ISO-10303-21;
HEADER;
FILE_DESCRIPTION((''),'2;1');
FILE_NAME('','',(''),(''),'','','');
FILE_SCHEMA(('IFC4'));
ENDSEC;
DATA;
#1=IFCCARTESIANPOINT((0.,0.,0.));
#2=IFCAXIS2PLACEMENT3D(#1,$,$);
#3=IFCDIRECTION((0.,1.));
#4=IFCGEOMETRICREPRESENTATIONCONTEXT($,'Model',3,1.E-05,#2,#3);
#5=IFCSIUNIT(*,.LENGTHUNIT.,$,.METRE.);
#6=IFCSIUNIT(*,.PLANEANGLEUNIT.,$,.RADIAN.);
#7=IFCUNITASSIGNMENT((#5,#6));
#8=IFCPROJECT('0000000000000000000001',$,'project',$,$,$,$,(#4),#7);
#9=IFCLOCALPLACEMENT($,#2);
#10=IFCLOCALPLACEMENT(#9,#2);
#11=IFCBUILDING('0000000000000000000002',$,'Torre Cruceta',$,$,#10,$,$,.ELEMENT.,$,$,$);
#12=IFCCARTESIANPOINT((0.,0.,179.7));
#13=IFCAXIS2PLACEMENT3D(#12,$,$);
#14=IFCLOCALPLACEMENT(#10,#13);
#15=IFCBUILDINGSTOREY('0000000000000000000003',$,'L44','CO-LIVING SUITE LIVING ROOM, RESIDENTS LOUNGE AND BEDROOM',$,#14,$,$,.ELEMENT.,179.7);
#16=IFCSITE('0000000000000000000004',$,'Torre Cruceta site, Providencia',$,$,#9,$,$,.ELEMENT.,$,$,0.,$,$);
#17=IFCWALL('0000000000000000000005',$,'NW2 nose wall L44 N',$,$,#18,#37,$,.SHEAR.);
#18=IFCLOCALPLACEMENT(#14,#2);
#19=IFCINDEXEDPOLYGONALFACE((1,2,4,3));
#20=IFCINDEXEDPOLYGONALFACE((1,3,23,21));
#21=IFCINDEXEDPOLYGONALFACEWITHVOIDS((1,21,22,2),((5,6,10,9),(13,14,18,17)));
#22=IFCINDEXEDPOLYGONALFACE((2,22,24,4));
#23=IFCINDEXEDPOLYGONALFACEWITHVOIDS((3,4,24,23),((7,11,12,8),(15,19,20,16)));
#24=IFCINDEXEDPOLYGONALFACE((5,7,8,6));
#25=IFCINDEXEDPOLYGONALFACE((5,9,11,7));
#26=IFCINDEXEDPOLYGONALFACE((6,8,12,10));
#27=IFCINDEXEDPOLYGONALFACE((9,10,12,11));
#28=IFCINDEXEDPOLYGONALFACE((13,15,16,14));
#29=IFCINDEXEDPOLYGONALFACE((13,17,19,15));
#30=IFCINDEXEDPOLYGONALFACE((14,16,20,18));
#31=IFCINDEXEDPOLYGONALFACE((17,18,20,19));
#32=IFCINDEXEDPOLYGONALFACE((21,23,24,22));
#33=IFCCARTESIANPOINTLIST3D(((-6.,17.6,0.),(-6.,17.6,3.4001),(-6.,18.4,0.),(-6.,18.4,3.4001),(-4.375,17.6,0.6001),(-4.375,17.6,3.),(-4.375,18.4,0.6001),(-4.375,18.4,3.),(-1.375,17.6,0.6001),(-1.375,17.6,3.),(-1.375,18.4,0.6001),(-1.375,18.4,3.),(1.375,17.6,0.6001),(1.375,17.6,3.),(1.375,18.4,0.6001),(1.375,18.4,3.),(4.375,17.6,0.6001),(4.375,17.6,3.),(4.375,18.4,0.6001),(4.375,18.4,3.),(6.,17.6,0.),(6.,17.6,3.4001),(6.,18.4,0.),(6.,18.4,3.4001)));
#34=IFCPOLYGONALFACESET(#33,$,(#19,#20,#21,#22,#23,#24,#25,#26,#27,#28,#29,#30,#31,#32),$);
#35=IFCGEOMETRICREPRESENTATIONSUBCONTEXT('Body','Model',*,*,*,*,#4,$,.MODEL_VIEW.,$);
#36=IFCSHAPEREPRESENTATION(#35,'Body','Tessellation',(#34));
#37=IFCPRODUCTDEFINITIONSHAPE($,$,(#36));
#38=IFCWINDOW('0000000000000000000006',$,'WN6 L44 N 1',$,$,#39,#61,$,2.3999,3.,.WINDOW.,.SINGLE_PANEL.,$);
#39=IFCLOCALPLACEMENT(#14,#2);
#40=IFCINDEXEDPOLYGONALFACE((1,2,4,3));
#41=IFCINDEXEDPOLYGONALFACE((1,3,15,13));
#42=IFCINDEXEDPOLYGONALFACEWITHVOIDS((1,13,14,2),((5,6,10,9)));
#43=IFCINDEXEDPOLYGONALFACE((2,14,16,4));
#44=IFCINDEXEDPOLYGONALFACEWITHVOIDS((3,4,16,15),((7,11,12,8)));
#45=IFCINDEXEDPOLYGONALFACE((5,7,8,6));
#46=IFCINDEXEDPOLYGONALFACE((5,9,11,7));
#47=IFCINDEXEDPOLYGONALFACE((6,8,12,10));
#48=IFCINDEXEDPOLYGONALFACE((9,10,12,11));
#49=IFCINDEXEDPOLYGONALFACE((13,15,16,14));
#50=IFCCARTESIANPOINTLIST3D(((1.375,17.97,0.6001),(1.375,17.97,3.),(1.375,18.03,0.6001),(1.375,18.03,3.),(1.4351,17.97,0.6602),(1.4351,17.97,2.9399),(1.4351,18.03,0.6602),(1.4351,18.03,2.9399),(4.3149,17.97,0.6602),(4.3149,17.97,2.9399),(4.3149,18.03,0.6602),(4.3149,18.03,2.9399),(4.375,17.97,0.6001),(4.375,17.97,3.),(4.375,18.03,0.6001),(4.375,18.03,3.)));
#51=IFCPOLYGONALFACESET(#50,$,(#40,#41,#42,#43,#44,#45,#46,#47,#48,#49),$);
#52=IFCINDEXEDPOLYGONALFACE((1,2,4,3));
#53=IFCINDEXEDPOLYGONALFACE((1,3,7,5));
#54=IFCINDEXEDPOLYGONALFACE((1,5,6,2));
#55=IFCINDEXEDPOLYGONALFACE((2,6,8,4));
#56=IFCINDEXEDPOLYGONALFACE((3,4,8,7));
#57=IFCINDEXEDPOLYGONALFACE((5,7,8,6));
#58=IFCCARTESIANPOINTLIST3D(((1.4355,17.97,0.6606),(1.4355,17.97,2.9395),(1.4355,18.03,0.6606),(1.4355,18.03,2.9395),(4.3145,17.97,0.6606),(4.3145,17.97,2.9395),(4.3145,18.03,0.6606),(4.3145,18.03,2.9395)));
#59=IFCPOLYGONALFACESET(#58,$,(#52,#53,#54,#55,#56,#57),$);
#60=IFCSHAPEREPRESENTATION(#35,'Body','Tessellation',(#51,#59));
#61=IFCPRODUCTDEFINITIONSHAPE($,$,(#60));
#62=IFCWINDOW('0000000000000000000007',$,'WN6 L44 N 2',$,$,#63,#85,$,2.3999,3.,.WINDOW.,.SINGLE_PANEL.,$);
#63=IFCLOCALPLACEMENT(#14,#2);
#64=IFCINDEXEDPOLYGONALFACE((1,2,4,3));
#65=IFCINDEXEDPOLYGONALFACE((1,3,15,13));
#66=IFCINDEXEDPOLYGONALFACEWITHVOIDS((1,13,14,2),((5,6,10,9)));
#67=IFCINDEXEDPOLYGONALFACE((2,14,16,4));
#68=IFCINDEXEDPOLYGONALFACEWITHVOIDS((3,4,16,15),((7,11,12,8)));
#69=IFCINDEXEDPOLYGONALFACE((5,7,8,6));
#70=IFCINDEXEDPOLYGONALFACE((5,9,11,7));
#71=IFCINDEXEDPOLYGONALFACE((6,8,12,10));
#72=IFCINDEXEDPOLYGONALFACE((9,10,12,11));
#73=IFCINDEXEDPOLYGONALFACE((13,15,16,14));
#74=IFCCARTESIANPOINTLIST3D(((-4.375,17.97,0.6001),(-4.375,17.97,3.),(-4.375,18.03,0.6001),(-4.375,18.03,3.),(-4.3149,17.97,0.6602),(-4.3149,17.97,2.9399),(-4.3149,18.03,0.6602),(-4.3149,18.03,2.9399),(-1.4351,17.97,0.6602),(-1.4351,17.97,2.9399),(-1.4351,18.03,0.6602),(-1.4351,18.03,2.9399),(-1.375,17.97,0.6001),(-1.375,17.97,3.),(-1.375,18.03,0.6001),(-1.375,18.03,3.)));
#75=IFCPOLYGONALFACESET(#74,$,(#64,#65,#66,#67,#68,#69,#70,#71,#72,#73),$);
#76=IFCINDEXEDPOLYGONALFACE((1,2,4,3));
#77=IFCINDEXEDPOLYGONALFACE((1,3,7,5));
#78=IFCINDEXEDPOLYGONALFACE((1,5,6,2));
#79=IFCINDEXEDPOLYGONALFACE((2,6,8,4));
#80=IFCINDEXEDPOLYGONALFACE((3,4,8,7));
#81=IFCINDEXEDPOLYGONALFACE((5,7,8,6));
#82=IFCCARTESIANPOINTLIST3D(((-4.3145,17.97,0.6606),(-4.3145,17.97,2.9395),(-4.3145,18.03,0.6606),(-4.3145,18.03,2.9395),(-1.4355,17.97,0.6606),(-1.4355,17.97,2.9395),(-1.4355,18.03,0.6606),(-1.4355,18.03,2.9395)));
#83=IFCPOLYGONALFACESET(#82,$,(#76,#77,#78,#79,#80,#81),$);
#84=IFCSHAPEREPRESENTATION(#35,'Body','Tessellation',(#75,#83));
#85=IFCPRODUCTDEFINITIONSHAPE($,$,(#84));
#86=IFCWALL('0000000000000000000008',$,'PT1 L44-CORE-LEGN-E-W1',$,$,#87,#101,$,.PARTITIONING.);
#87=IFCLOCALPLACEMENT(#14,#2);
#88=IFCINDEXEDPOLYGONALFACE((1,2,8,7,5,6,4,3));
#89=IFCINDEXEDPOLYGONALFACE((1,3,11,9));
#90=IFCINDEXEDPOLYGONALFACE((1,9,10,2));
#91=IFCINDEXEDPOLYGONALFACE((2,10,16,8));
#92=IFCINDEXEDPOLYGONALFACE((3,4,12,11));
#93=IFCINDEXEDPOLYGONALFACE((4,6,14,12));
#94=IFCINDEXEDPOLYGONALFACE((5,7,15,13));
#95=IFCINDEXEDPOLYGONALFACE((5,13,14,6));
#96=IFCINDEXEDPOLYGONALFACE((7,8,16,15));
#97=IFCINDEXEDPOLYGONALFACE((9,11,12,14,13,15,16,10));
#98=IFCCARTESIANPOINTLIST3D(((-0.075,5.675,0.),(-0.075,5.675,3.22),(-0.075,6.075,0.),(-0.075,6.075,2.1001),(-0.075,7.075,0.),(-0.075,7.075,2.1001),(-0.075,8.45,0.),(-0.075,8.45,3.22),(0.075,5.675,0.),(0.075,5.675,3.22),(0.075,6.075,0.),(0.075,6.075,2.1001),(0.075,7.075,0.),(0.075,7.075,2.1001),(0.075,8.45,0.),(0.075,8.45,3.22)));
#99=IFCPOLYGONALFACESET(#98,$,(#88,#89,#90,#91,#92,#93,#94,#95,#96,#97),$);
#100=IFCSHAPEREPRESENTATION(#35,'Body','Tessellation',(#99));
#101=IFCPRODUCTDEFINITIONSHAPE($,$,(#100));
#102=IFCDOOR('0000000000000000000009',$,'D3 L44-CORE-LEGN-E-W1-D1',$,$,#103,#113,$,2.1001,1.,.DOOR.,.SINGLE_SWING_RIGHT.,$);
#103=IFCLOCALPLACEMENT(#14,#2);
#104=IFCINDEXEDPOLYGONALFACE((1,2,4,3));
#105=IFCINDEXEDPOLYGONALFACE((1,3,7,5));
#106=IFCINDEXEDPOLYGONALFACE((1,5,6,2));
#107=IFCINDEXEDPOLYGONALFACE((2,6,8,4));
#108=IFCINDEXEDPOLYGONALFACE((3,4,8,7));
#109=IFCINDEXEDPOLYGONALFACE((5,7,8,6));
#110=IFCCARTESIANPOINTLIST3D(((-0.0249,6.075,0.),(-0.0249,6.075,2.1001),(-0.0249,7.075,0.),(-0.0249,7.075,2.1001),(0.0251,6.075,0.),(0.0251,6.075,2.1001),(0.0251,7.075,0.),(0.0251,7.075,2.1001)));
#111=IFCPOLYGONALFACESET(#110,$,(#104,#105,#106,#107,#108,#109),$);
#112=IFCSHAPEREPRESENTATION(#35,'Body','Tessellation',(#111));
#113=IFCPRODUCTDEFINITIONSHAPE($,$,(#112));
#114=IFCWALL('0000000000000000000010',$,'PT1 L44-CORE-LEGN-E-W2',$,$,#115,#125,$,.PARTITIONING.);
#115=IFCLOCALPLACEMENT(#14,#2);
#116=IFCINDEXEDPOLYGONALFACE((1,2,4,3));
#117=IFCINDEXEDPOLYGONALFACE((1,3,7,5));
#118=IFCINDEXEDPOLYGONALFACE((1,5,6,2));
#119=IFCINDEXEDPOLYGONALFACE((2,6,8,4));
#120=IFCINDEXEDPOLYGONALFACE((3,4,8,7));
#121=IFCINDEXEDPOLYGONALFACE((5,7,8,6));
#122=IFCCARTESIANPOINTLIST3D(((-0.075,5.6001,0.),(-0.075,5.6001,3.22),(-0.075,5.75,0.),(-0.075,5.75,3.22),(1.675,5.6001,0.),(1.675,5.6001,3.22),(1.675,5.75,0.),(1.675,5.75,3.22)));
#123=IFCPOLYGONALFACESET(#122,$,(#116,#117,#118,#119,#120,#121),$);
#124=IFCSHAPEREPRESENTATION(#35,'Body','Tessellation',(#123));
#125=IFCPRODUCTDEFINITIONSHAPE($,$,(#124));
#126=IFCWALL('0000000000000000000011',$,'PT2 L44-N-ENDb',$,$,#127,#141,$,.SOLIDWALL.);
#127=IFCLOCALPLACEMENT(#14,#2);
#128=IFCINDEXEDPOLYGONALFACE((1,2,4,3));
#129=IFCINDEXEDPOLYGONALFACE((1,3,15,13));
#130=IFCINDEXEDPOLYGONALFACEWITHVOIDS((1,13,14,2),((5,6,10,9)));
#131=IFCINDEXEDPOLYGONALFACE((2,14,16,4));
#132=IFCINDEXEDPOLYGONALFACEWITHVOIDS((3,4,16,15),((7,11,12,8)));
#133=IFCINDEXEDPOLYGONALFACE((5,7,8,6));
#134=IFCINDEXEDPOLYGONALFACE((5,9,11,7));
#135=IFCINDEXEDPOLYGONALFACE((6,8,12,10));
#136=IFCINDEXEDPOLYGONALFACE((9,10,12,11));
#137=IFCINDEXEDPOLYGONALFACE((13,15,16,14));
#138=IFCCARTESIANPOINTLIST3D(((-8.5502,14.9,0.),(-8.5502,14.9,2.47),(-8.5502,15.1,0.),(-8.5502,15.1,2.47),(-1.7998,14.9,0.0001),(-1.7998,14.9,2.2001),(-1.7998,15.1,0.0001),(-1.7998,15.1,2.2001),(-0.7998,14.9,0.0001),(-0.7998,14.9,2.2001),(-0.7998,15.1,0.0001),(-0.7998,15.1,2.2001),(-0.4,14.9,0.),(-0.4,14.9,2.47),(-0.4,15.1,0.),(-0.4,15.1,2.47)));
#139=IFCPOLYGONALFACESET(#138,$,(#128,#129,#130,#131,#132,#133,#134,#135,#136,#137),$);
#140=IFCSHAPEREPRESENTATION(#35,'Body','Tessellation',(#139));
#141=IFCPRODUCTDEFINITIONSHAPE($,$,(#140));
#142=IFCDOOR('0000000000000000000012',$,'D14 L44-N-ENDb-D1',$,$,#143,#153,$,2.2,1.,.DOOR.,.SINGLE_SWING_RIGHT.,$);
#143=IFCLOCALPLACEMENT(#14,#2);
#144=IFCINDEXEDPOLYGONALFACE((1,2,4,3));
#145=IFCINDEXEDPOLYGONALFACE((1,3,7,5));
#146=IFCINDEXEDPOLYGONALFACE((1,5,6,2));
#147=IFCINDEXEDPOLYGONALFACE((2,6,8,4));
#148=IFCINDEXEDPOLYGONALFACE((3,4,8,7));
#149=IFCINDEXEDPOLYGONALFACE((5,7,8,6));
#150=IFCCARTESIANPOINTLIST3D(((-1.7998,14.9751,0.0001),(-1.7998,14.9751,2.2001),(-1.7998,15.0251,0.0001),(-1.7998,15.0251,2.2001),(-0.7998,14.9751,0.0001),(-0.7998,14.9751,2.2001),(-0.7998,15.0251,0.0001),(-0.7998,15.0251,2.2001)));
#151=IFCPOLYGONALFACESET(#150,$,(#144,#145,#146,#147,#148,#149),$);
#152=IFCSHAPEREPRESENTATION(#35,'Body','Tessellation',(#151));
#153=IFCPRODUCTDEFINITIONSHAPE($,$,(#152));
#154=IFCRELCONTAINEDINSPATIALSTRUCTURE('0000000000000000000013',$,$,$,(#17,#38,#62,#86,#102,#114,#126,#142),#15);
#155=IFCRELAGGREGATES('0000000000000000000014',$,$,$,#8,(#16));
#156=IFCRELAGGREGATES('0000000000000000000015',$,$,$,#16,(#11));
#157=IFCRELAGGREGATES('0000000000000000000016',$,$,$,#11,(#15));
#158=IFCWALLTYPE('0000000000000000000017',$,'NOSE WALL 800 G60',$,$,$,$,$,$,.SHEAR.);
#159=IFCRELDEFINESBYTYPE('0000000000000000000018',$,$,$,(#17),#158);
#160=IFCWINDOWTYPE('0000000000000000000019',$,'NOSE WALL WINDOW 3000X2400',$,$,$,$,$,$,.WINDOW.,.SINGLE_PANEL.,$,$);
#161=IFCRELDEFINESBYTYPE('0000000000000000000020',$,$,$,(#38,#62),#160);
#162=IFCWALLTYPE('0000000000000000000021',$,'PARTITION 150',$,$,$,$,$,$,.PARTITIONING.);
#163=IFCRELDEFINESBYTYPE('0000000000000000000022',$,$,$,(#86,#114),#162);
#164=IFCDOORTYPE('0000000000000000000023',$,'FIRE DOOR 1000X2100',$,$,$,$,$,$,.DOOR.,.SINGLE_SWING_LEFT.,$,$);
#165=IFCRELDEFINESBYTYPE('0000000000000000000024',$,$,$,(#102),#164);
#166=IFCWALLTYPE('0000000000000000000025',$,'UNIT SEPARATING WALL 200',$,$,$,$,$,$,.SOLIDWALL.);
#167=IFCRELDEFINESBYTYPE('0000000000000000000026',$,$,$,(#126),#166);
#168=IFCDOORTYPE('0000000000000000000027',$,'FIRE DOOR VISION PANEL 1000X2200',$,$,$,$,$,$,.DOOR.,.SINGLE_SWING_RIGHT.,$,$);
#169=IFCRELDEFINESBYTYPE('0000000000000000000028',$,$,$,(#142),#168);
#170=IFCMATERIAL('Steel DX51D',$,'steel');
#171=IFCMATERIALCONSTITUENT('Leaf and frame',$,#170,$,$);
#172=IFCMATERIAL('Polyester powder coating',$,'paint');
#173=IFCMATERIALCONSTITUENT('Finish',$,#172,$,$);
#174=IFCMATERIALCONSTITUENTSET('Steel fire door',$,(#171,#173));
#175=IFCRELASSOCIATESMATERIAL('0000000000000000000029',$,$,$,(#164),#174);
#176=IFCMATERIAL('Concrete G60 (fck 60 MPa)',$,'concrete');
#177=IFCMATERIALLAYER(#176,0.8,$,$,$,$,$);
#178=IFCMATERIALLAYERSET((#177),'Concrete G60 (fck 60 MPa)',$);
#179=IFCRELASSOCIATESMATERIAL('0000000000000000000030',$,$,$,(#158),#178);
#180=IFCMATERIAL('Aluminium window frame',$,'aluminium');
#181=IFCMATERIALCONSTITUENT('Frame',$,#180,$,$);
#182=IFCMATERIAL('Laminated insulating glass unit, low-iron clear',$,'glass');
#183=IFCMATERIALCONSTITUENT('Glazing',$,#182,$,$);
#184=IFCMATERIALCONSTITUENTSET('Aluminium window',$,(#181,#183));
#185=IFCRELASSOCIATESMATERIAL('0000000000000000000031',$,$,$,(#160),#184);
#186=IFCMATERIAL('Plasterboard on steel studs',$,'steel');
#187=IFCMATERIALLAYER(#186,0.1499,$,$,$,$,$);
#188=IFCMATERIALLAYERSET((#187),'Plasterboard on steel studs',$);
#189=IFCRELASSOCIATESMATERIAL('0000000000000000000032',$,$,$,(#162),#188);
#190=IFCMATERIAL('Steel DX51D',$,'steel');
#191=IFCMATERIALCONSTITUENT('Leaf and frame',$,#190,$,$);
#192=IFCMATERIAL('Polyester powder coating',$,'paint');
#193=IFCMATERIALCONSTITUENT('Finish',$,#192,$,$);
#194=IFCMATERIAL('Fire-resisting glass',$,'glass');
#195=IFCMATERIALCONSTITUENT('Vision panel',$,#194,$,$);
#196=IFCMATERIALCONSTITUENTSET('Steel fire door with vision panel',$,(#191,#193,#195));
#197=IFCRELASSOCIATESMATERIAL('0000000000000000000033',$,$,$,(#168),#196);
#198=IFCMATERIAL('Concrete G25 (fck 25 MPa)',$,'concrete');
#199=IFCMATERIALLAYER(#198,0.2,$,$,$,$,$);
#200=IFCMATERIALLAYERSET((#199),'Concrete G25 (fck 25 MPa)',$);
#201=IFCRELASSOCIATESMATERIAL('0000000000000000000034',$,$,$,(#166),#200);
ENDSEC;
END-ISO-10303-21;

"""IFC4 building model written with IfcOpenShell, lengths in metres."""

from ifc_helpers import new_model, si_unit, direction, frame, frame_2d, origin, place, context, subcontext, project, spatial, rectangle, hollow_rectangle, extrude, material, layer, layer_set, constituent, constituent_set, type_object, element, fill, save


model = new_model("IFC4")

# Units and contexts
model_context = context("Model", 3, precision=1e-05, world=origin(), true_north=direction((0.0, 1.0)))
body_context = subcontext(model_context, "Body", "Model", "MODEL_VIEW")
ifc_project = project(units=[si_unit("LENGTHUNIT", "METRE"), si_unit("PLANEANGLEUNIT", "RADIAN")], contexts=[model_context])

# Site, building, storey
site_placement = place(None, origin())
site = spatial("IfcSite", under=ifc_project, at=site_placement, Name="Torre Cruceta site, Providencia", CompositionType="ELEMENT", RefElevation=0.0)
building_placement = place(site_placement, origin())
building = spatial("IfcBuilding", under=site, at=building_placement, Name="Torre Cruceta", CompositionType="ELEMENT")
storey_placement = place(building_placement, frame((0.0, 0.0, 179.7)))
storey = spatial("IfcBuildingStorey", under=building, at=storey_placement, Name="L44", Description="CO-LIVING SUITE LIVING ROOM, RESIDENTS LOUNGE AND BEDROOM", CompositionType="ELEMENT", Elevation=179.7)

# Shared definitions
ifc_material_1 = material(Name="Steel DX51D", Category="steel")
ifc_constituent_1 = constituent(ifc_material_1, Name="Leaf and frame")
ifc_material_2 = material(Name="Polyester powder coating", Category="paint")
ifc_constituent_2 = constituent(ifc_material_2, Name="Finish")
ifc_constituent_set_1 = constituent_set(constituents=[ifc_constituent_1, ifc_constituent_2], Name="Steel fire door")
door_type_1 = type_object("IfcDoorType", Name="FIRE DOOR 1000X2100", OperationType="SINGLE_SWING_LEFT", PredefinedType="DOOR", material=ifc_constituent_set_1)

# Wall, openings, windows
ifc_material_3 = material(Name="Concrete G60 (fck 60 MPa)", Category="concrete")
ifc_layer_1 = layer(ifc_material_3, 0.8)
ifc_layer_set_1 = layer_set([ifc_layer_1], Name="Concrete G60 (fck 60 MPa)")
wall_type_1 = type_object("IfcWallType", Name="NOSE WALL 800 G60", PredefinedType="SHEAR", material=ifc_layer_set_1)
wall_1_placement = place(storey_placement, frame((6.0, 18.0, 0.0), z_axis=(0.0, 0.0, 1.0), x_axis=(-1.0, 0.0, 0.0)))
wall_1 = element("IfcWall", 1, at=wall_1_placement, inside=storey, type_object=wall_type_1, Name="NW2 nose wall L44 N", PredefinedType="SHEAR", context=body_context, shape_type="SweptSolid", body=[
    extrude(rectangle(XDim=12.0, YDim=0.8, at=frame_2d((6.0, 0.0))), origin(), (0.0, 0.0, 1.0), 3.4001),
])
opening_1_placement = place(wall_1_placement, frame((1.625, 0.0, 0.6001)))
opening_1 = element("IfcOpeningElement", 2, at=opening_1_placement, cuts=wall_1, PredefinedType="OPENING", context=body_context, shape_type="SweptSolid", body=[
    extrude(rectangle(XDim=3.0, YDim=2.3999, at=frame_2d((1.5, 1.2))), frame((0.0, 0.4099, 0.0), z_axis=(0.0, -1.0, 0.0), x_axis=(1.0, 0.0, 0.0)), (0.0, 0.0, 1.0), 0.8201),
])
opening_2_placement = place(wall_1_placement, frame((7.375, 0.0, 0.6001)))
opening_2 = element("IfcOpeningElement", 3, at=opening_2_placement, cuts=wall_1, PredefinedType="OPENING", context=body_context, shape_type="SweptSolid", body=[
    extrude(rectangle(XDim=3.0, YDim=2.3999, at=frame_2d((1.5, 1.2))), frame((0.0, 0.4099, 0.0), z_axis=(0.0, -1.0, 0.0), x_axis=(1.0, 0.0, 0.0)), (0.0, 0.0, 1.0), 0.8201),
])
ifc_material_4 = material(Name="Aluminium window frame", Category="aluminium")
ifc_constituent_3 = constituent(ifc_material_4, Name="Frame")
ifc_material_5 = material(Name="Laminated insulating glass unit, low-iron clear", Category="glass")
ifc_constituent_4 = constituent(ifc_material_5, Name="Glazing")
ifc_constituent_set_2 = constituent_set(constituents=[ifc_constituent_3, ifc_constituent_4], Name="Aluminium window")
window_type = type_object("IfcWindowType", Name="NOSE WALL WINDOW 3000X2400", PartitioningType="SINGLE_PANEL", PredefinedType="WINDOW", material=ifc_constituent_set_2)
window_1_placement = place(opening_1_placement, origin())
window_1 = element("IfcWindow", 4, at=window_1_placement, inside=storey, type_object=window_type, Name="WN6 L44 N 1", OverallHeight=2.3999, OverallWidth=3.0, PartitioningType="SINGLE_PANEL", PredefinedType="WINDOW", context=body_context, shape_type="SweptSolid", body=[
    extrude(hollow_rectangle(XDim=3.0, YDim=2.3999, WallThickness=0.0601, at=frame_2d((1.5, 1.2))), frame((0.0, 0.03, 0.0), z_axis=(0.0, -1.0, 0.0), x_axis=(1.0, 0.0, 0.0)), (0.0, 0.0, 1.0), 0.0601),
    extrude(rectangle(XDim=2.8789, YDim=2.2788, at=frame_2d((1.5, 1.2))), frame((0.0, 0.03, 0.0), z_axis=(0.0, -1.0, 0.0), x_axis=(1.0, 0.0, 0.0)), (0.0, 0.0, 1.0), 0.0601),
])
fill(opening_1, window_1)
window_2_placement = place(opening_2_placement, origin())
window_2 = element("IfcWindow", 5, at=window_2_placement, inside=storey, type_object=window_type, Name="WN6 L44 N 2", OverallHeight=2.3999, OverallWidth=3.0, PartitioningType="SINGLE_PANEL", PredefinedType="WINDOW", context=body_context, shape_type="SweptSolid", body=[
    extrude(hollow_rectangle(XDim=3.0, YDim=2.3999, WallThickness=0.0601, at=frame_2d((1.5, 1.2))), frame((0.0, 0.03, 0.0), z_axis=(0.0, -1.0, 0.0), x_axis=(1.0, 0.0, 0.0)), (0.0, 0.0, 1.0), 0.0601),
    extrude(rectangle(XDim=2.8789, YDim=2.2788, at=frame_2d((1.5, 1.2))), frame((0.0, 0.03, 0.0), z_axis=(0.0, -1.0, 0.0), x_axis=(1.0, 0.0, 0.0)), (0.0, 0.0, 1.0), 0.0601),
])
fill(opening_2, window_2)

# Wall, opening, door
ifc_material_6 = material(Name="Plasterboard on steel studs", Category="steel")
ifc_layer_2 = layer(ifc_material_6, 0.1499)
ifc_layer_set_2 = layer_set([ifc_layer_2], Name="Plasterboard on steel studs")
wall_type_2 = type_object("IfcWallType", Name="PARTITION 150", PredefinedType="PARTITIONING", material=ifc_layer_set_2)
wall_2_placement = place(storey_placement, frame((0.0, 5.675, 0.0), z_axis=(0.0, 0.0, 1.0), x_axis=(0.0, 1.0, 0.0)))
wall_2 = element("IfcWall", 6, at=wall_2_placement, inside=storey, type_object=wall_type_2, Name="PT1 L44-CORE-LEGN-E-W1", PredefinedType="PARTITIONING", context=body_context, shape_type="SweptSolid", body=[
    extrude(rectangle(XDim=2.7749, YDim=0.1499, at=frame_2d((1.3875, 0.0))), origin(), (0.0, 0.0, 1.0), 3.22),
])
opening_3_placement = place(wall_2_placement, frame((0.3999, 0.0, 0.0)))
opening_3 = element("IfcOpeningElement", 7, at=opening_3_placement, cuts=wall_2, PredefinedType="OPENING", context=body_context, shape_type="SweptSolid", body=[
    extrude(rectangle(XDim=1.0, YDim=2.1001, at=frame_2d((0.5, 1.05))), frame((0.0, 0.085, 0.0), z_axis=(0.0, -1.0, 0.0), x_axis=(1.0, 0.0, 0.0)), (0.0, 0.0, 1.0), 0.1699),
])
door_1_placement = place(opening_3_placement, frame((1.0, 0.0, 0.0), z_axis=(0.0, 0.0, 1.0), x_axis=(-1.0, 0.0, 0.0)))
door_1 = element("IfcDoor", 8, at=door_1_placement, inside=storey, type_object=door_type_1, Name="D3 L44-CORE-LEGN-E-W1-D1", OperationType="SINGLE_SWING_RIGHT", OverallHeight=2.1001, OverallWidth=1.0, PredefinedType="DOOR", context=body_context, shape_type="SweptSolid", body=[
    extrude(rectangle(XDim=1.0, YDim=2.1001, at=frame_2d((0.5, 1.05))), frame((0.0, 0.0251, 0.0), z_axis=(0.0, -1.0, 0.0), x_axis=(1.0, 0.0, 0.0)), (0.0, 0.0, 1.0), 0.05),
])
fill(opening_3, door_1)

# Wall
wall_3_placement = place(storey_placement, frame((1.675, 5.675, 0.0), z_axis=(0.0, 0.0, 1.0), x_axis=(-1.0, 0.0, 0.0)))
element("IfcWall", 9, at=wall_3_placement, inside=storey, type_object=wall_type_2, Name="PT1 L44-CORE-LEGN-E-W2", PredefinedType="PARTITIONING", context=body_context, shape_type="SweptSolid", body=[
    extrude(rectangle(XDim=1.75, YDim=0.1499, at=frame_2d((0.875, 0.0))), origin(), (0.0, 0.0, 1.0), 3.22),
])

# Shared definitions
ifc_material_7 = material(Name="Steel DX51D", Category="steel")
ifc_constituent_5 = constituent(ifc_material_7, Name="Leaf and frame")
ifc_material_8 = material(Name="Polyester powder coating", Category="paint")
ifc_constituent_6 = constituent(ifc_material_8, Name="Finish")
ifc_material_9 = material(Name="Fire-resisting glass", Category="glass")
ifc_constituent_7 = constituent(ifc_material_9, Name="Vision panel")
ifc_constituent_set_3 = constituent_set(constituents=[ifc_constituent_5, ifc_constituent_6, ifc_constituent_7], Name="Steel fire door with vision panel")
door_type_2 = type_object("IfcDoorType", Name="FIRE DOOR VISION PANEL 1000X2200", OperationType="SINGLE_SWING_RIGHT", PredefinedType="DOOR", material=ifc_constituent_set_3)

# Wall, opening, door
ifc_material_10 = material(Name="Concrete G25 (fck 25 MPa)", Category="concrete")
ifc_layer_3 = layer(ifc_material_10, 0.2)
ifc_layer_set_3 = layer_set([ifc_layer_3], Name="Concrete G25 (fck 25 MPa)")
wall_type_3 = type_object("IfcWallType", Name="UNIT SEPARATING WALL 200", PredefinedType="SOLIDWALL", material=ifc_layer_set_3)
wall_4_placement = place(storey_placement, frame((-0.3999, 15.0, 0.0), z_axis=(0.0, 0.0, 1.0), x_axis=(-1.0, 0.0, 0.0)))
wall_4 = element("IfcWall", 10, at=wall_4_placement, inside=storey, type_object=wall_type_3, Name="PT2 L44-N-ENDb", PredefinedType="SOLIDWALL", context=body_context, shape_type="SweptSolid", body=[
    extrude(rectangle(XDim=8.1501, YDim=0.2, at=frame_2d((4.0752, 0.0))), origin(), (0.0, 0.0, 1.0), 2.47),
])
opening_4_placement = place(wall_4_placement, frame((0.3999, 0.0, 0.0)))
opening_4 = element("IfcOpeningElement", 11, at=opening_4_placement, cuts=wall_4, PredefinedType="OPENING", context=body_context, shape_type="SweptSolid", body=[
    extrude(rectangle(XDim=1.0, YDim=2.2, at=frame_2d((0.5, 1.1001))), frame((0.0, 0.1099, 0.0), z_axis=(0.0, -1.0, 0.0), x_axis=(1.0, 0.0, 0.0)), (0.0, 0.0, 1.0), 0.22),
])
door_2_placement = place(opening_4_placement, frame((1.0, 0.0, 0.0), z_axis=(0.0, 0.0, 1.0), x_axis=(-1.0, 0.0, 0.0)))
door_2 = element("IfcDoor", 12, at=door_2_placement, inside=storey, type_object=door_type_2, Name="D14 L44-N-ENDb-D1", OperationType="SINGLE_SWING_RIGHT", OverallHeight=2.2, OverallWidth=1.0, PredefinedType="DOOR", context=body_context, shape_type="SweptSolid", body=[
    extrude(rectangle(XDim=1.0, YDim=2.2, at=frame_2d((0.5, 1.1001))), frame((0.0, 0.0251, 0.0), z_axis=(0.0, -1.0, 0.0), x_axis=(1.0, 0.0, 0.0)), (0.0, 0.0, 1.0), 0.05),
])
fill(opening_4, door_2)

save(model, "model.ifc")
